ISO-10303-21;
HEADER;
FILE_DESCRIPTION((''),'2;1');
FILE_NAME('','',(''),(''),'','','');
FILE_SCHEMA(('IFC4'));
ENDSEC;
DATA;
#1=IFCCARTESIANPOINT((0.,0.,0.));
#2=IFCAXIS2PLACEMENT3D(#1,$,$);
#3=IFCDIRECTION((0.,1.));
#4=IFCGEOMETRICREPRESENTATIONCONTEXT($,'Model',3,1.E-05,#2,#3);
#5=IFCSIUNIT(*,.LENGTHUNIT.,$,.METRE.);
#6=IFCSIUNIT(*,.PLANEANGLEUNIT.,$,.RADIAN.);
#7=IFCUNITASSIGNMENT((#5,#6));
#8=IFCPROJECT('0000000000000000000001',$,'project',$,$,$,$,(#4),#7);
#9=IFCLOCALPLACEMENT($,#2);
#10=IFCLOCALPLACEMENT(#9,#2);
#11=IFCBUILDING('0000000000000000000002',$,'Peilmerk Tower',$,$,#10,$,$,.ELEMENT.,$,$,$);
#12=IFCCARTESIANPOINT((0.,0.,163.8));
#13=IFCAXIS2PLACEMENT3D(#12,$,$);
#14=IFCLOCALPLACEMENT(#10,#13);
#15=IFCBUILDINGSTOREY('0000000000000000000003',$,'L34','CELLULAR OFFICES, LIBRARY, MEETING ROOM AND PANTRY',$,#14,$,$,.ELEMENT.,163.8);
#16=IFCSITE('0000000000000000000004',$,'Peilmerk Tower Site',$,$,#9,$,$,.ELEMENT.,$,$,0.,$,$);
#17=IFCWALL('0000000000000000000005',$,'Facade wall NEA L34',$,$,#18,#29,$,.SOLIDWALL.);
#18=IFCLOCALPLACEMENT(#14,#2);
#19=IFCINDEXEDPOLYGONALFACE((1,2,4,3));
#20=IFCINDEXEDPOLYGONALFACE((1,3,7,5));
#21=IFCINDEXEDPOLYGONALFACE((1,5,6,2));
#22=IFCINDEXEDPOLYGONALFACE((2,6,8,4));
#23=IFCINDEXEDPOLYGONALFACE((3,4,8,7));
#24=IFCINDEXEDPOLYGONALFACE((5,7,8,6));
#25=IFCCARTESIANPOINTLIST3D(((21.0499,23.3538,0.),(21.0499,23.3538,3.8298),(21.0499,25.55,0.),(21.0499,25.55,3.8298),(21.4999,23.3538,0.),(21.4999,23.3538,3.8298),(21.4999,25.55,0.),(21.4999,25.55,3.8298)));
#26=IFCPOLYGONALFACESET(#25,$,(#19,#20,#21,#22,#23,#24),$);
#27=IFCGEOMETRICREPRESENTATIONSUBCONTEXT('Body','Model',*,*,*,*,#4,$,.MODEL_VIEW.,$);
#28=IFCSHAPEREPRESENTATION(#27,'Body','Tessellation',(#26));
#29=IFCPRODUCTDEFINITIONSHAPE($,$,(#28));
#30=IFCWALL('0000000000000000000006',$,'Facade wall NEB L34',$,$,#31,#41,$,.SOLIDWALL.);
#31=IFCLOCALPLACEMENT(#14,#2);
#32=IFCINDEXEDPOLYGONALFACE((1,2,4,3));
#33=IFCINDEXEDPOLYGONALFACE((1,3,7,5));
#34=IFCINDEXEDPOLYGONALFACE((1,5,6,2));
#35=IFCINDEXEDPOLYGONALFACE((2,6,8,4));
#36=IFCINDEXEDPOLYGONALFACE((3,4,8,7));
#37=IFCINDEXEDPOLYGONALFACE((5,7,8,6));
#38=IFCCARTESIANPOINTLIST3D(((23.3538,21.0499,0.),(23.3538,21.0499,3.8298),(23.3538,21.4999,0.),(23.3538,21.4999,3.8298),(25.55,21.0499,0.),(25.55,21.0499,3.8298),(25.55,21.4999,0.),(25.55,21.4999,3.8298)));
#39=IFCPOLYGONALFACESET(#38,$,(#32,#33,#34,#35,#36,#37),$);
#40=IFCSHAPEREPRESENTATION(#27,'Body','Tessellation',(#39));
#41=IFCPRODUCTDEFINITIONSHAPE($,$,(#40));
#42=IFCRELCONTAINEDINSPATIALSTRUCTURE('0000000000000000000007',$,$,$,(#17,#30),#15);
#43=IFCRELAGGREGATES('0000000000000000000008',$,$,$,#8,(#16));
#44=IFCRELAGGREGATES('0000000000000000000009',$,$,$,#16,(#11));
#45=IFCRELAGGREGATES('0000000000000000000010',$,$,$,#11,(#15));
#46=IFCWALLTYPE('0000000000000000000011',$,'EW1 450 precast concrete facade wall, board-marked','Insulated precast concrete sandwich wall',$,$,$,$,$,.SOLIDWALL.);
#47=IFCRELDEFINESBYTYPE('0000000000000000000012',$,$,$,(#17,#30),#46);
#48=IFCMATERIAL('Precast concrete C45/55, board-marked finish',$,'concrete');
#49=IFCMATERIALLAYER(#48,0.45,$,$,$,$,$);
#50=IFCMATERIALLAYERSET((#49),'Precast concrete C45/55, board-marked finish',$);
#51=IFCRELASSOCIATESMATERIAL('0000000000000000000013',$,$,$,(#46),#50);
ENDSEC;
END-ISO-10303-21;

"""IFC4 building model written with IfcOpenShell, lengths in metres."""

from ifc_helpers import new_model, si_unit, direction, frame, frame_2d, origin, place, context, subcontext, project, spatial, rectangle, extrude, material, layer, layer_set, type_object, element, save


model = new_model("IFC4")

# Units and contexts
model_context = context("Model", 3, precision=1e-05, world=origin(), true_north=direction((0.0, 1.0)))
body_context = subcontext(model_context, "Body", "Model", "MODEL_VIEW")
ifc_project = project(units=[si_unit("LENGTHUNIT", "METRE"), si_unit("PLANEANGLEUNIT", "RADIAN")], contexts=[model_context])

# Site, building, storey
site_placement = place(None, origin())
site = spatial("IfcSite", under=ifc_project, at=site_placement, Name="Peilmerk Tower Site", CompositionType="ELEMENT", RefElevation=0.0)
building_placement = place(site_placement, origin())
building = spatial("IfcBuilding", under=site, at=building_placement, Name="Peilmerk Tower", CompositionType="ELEMENT")
storey_placement = place(building_placement, frame((0.0, 0.0, 163.8)))
storey = spatial("IfcBuildingStorey", under=building, at=storey_placement, Name="L34", Description="CELLULAR OFFICES, LIBRARY, MEETING ROOM AND PANTRY", CompositionType="ELEMENT", Elevation=163.8)

# Shared definitions
ifc_material_1 = material(Name="Precast concrete C45/55, board-marked finish", Category="concrete")
ifc_layer_1 = layer(ifc_material_1, 0.45)
ifc_layer_set_1 = layer_set([ifc_layer_1], Name="Precast concrete C45/55, board-marked finish")
wall_type = type_object("IfcWallType", Name="EW1 450 precast concrete facade wall, board-marked", Description="Insulated precast concrete sandwich wall", PredefinedType="SOLIDWALL", material=ifc_layer_set_1)

# Walls
for number, where, z_axis, x_axis, name in (
    (1, (21.2749, 23.3538, 0.0), (0.0, 0.0, 1.0), (0.0, 1.0, 0.0), "Facade wall NEA L34"),
    (2, (23.3538, 21.2749, 0.0), (0.0, 0.0, 1.0), (1.0, 0.0, 0.0), "Facade wall NEB L34"),
):
    element("IfcWall", number, at=place(storey_placement, frame(where, z_axis=z_axis, x_axis=x_axis)), inside=storey, type_object=wall_type, Name=name, PredefinedType="SOLIDWALL", context=body_context, shape_type="SweptSolid", body=[
        extrude(rectangle(XDim=2.1963, YDim=0.45, at=frame_2d((1.0981, 0.0))), origin(), (0.0, 0.0, 1.0), 3.8298),
    ])

save(model, "model.ifc")
